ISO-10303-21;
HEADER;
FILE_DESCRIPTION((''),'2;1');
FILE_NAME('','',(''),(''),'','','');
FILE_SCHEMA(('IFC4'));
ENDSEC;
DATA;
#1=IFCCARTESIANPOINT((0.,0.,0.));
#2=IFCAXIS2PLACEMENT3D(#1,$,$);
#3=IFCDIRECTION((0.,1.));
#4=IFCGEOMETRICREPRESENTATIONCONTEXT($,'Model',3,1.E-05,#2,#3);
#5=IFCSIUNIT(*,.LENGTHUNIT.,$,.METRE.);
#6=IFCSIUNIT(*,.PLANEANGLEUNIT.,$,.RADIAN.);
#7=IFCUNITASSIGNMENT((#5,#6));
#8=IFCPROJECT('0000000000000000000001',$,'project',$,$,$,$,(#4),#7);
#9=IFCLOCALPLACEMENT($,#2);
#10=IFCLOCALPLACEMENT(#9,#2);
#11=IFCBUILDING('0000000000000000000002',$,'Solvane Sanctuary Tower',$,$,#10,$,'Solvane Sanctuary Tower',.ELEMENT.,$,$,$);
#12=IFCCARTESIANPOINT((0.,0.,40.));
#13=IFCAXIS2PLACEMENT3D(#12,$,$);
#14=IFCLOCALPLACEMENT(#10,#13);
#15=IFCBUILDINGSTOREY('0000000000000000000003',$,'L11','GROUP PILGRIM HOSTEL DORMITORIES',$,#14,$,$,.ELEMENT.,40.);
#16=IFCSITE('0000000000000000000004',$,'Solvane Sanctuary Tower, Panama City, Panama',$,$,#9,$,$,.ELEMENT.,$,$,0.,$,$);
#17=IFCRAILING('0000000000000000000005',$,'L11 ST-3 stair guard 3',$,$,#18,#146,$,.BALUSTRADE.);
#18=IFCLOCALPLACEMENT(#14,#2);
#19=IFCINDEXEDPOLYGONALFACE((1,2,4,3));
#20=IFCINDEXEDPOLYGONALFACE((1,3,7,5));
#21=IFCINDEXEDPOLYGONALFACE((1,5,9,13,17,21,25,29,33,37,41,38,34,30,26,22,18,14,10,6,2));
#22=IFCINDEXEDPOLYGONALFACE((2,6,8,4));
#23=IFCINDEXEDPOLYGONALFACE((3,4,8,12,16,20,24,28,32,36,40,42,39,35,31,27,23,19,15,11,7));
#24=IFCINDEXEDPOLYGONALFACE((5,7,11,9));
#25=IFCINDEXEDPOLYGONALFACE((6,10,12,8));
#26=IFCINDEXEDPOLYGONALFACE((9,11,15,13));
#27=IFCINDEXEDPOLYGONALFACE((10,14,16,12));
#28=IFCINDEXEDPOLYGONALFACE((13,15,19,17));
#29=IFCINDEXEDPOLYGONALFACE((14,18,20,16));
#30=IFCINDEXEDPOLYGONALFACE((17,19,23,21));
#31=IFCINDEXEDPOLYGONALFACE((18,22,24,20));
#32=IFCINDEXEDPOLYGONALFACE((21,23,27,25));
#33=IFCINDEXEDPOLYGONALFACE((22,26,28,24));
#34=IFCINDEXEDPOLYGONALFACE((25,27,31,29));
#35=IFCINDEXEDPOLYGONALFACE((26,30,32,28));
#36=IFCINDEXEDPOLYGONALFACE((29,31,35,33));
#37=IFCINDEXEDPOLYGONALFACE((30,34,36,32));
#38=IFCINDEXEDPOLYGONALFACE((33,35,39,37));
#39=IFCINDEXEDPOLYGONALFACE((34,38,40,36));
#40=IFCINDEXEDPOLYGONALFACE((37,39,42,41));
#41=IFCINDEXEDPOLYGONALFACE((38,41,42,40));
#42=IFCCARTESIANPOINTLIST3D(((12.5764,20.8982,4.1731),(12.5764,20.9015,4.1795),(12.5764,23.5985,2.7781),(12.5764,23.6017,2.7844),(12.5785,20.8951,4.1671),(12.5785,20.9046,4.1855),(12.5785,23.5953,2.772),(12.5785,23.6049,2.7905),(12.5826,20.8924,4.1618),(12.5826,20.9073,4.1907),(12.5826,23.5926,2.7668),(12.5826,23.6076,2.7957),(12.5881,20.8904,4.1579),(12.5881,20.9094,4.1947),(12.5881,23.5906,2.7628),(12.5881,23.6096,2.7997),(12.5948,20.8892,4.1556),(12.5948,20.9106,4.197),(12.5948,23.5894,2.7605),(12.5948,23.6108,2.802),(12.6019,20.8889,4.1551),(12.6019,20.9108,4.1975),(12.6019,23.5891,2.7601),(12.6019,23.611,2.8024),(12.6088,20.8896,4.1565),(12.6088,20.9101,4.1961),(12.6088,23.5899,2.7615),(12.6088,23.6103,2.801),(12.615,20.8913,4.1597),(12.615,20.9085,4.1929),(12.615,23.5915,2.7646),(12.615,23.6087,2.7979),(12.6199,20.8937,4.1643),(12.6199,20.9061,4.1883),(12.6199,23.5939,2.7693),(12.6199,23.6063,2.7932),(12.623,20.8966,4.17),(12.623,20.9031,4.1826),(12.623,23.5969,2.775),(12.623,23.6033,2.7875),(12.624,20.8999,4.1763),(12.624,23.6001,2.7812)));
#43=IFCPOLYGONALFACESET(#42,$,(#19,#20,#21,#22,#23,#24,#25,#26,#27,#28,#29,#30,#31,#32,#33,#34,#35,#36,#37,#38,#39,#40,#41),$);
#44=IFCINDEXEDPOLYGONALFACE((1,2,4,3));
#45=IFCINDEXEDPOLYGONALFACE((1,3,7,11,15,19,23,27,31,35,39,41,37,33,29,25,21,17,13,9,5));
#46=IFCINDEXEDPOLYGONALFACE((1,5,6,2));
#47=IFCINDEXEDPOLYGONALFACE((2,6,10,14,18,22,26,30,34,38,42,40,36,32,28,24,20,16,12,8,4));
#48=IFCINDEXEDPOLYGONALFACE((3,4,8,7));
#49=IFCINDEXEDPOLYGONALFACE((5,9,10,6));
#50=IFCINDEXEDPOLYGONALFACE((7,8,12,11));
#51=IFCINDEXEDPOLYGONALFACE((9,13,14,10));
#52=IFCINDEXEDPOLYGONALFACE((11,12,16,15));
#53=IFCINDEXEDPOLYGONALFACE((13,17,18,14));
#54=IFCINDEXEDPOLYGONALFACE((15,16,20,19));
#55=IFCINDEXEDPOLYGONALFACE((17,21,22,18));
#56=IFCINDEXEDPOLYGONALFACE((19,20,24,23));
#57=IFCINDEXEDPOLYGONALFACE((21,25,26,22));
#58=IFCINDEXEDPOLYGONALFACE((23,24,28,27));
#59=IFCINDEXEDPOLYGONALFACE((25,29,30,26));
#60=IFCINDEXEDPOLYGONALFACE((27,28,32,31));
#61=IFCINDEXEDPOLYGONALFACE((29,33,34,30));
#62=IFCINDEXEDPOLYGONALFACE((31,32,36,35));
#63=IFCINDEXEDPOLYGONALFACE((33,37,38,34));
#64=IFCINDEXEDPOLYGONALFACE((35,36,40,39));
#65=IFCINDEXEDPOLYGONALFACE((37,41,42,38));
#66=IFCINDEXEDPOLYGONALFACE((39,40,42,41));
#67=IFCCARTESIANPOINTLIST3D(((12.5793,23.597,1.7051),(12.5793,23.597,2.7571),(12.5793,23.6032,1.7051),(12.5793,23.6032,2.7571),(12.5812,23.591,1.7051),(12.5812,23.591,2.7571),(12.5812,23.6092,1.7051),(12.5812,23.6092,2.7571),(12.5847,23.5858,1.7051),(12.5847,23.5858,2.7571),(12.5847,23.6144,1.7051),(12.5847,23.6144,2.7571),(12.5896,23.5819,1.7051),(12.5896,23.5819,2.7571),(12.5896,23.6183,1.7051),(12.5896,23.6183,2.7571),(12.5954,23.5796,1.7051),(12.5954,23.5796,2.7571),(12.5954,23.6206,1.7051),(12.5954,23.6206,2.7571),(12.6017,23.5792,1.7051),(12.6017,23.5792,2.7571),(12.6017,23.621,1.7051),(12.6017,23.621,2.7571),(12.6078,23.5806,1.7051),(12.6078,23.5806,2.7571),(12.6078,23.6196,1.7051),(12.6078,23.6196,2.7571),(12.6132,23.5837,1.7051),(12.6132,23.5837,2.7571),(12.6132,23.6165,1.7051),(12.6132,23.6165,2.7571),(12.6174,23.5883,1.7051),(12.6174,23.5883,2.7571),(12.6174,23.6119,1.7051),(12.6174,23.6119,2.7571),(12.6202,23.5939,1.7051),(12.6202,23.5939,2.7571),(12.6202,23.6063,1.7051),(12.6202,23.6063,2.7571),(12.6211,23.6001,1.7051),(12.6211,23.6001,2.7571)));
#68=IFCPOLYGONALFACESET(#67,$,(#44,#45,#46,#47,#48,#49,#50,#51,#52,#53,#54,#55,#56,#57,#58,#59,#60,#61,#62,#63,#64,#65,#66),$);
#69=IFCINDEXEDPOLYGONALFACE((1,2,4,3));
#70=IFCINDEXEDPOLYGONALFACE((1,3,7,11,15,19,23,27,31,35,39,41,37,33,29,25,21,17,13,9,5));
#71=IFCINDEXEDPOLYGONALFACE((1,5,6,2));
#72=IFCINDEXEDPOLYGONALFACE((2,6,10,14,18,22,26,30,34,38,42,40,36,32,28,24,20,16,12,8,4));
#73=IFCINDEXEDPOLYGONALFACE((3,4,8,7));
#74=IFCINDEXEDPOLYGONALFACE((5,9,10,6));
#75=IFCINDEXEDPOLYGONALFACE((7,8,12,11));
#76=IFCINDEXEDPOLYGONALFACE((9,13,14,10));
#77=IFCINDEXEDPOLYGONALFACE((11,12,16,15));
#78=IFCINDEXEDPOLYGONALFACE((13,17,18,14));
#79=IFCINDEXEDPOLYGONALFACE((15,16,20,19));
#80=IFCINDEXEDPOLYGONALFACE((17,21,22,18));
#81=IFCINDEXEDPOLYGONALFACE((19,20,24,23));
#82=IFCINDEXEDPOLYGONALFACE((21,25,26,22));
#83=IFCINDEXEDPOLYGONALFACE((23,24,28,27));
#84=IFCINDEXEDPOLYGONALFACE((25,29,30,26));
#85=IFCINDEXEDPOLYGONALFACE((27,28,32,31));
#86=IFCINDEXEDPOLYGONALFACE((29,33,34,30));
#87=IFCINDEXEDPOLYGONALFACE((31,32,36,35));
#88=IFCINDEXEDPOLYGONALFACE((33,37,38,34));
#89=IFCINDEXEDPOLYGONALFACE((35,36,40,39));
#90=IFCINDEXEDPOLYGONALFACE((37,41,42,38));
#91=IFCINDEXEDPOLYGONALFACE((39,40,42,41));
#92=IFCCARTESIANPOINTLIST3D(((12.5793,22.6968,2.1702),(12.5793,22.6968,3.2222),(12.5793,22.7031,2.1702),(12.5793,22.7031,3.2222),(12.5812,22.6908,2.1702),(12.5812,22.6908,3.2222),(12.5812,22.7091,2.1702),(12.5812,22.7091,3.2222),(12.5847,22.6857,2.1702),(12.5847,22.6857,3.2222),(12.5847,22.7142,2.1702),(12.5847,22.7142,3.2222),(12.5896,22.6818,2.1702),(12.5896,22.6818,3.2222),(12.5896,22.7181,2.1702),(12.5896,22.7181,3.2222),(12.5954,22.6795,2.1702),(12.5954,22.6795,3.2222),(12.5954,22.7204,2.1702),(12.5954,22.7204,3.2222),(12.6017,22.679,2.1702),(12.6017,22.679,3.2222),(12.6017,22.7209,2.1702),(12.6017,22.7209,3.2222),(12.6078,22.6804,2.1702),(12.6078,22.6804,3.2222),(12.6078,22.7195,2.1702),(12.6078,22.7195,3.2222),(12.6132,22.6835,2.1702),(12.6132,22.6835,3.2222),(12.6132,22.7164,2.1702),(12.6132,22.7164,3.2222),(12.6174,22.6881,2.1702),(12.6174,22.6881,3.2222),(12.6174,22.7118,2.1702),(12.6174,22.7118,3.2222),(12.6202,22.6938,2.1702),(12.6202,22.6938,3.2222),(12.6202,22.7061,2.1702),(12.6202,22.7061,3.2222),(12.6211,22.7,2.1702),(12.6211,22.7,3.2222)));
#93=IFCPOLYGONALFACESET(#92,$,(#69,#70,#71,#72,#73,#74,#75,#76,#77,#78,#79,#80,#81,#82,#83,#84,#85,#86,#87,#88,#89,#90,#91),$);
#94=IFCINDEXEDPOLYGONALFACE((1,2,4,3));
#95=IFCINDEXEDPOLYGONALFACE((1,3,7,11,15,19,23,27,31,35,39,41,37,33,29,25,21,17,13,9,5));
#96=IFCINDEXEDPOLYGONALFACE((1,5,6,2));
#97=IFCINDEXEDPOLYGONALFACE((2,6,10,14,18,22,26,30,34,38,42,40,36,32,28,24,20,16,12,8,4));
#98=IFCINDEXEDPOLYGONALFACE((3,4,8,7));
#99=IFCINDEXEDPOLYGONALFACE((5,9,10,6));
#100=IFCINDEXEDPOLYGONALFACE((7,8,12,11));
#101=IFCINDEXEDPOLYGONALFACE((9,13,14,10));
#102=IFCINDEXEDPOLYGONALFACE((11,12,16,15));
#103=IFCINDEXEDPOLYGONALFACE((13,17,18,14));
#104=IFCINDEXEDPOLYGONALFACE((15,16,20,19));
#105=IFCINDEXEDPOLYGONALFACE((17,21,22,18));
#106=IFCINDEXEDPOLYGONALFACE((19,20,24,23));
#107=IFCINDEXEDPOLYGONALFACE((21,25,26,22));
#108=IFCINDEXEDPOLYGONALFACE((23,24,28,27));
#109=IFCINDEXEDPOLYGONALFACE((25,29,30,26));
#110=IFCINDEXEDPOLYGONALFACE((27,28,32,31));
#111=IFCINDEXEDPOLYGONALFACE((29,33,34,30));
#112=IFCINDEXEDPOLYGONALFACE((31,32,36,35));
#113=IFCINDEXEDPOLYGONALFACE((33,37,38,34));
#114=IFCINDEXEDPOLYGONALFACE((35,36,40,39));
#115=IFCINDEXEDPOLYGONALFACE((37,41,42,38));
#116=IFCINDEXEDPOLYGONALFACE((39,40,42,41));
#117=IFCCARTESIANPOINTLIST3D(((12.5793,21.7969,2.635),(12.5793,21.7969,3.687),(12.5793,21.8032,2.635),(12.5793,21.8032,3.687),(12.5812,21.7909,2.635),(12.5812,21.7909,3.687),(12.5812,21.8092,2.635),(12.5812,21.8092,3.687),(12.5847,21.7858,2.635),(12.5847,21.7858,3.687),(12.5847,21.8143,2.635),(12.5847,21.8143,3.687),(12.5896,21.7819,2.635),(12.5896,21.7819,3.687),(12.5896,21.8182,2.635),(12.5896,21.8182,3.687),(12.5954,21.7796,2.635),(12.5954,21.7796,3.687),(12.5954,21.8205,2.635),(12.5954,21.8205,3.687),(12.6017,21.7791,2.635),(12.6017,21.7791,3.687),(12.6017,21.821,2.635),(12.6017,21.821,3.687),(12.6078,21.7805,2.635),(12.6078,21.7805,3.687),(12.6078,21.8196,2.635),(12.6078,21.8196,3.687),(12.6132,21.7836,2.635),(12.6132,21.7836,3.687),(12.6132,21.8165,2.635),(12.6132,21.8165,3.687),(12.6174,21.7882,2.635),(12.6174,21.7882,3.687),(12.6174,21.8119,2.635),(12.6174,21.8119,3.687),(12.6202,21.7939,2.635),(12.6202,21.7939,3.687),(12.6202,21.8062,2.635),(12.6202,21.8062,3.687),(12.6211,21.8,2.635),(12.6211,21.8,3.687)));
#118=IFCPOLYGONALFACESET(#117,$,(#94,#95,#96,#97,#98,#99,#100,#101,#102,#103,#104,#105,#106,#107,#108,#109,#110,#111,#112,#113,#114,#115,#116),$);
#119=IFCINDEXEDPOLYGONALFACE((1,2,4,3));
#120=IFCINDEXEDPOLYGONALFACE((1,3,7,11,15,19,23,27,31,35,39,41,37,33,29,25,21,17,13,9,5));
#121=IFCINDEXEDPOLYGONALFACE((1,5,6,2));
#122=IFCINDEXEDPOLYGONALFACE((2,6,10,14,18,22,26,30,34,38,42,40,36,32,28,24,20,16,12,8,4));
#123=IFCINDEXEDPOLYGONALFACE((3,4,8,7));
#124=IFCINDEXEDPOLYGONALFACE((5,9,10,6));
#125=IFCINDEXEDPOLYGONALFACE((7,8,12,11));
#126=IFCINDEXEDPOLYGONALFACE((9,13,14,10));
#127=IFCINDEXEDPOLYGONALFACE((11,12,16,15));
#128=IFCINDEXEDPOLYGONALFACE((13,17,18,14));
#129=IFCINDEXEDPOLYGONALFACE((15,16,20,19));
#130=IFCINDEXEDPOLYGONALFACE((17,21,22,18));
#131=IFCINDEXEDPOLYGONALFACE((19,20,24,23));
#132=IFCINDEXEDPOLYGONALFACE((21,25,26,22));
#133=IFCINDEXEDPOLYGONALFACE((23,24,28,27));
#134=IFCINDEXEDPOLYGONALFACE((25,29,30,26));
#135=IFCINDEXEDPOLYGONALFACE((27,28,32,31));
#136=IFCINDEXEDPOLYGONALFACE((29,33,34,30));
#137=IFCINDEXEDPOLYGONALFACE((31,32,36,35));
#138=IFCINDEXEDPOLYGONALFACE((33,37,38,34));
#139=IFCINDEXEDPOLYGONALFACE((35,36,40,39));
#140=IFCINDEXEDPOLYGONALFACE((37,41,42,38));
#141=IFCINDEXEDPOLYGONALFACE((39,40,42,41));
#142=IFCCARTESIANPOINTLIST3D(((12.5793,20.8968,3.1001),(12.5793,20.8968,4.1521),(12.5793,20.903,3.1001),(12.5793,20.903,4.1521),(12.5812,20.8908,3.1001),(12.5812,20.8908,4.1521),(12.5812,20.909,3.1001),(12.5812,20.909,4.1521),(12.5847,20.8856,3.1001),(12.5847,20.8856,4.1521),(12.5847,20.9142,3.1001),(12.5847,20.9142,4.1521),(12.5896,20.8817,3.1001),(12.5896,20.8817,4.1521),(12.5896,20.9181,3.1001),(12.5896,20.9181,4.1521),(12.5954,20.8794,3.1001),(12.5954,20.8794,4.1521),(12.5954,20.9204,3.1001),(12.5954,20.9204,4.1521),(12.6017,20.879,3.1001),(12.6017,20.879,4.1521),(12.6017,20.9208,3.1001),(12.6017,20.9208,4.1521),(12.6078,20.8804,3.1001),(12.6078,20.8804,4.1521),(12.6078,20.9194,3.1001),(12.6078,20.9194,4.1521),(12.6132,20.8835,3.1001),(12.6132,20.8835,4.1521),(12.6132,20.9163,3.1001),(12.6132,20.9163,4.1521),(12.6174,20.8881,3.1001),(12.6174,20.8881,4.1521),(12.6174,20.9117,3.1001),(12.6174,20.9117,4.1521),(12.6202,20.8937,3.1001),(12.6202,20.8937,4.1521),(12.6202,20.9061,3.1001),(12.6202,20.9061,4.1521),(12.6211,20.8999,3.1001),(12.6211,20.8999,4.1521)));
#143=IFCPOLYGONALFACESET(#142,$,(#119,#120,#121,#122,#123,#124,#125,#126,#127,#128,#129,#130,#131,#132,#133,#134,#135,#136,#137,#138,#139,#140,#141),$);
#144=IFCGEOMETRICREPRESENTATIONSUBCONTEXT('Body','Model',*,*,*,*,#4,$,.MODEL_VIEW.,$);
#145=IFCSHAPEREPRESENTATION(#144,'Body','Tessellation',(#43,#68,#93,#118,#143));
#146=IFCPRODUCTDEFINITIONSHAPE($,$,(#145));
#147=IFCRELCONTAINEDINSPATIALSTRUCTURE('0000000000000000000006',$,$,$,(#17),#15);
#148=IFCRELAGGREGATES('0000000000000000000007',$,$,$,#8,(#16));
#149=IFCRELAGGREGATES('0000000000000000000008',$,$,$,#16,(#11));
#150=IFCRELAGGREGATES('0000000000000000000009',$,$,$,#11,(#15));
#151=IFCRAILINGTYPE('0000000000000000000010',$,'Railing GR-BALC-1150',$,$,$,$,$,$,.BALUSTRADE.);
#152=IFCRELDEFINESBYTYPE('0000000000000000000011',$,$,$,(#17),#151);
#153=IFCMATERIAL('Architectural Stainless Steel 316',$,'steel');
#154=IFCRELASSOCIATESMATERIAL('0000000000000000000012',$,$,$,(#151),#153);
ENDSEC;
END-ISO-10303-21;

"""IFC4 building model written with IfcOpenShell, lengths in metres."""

from ifc_helpers import new_model, si_unit, direction, frame, origin, origin_2d, place, context, subcontext, project, spatial, circle, extrude, material, type_object, element, save


model = new_model("IFC4")

# Units and contexts
model_context = context("Model", 3, precision=1e-05, world=origin(), true_north=direction((0.0, 1.0)))
body_context = subcontext(model_context, "Body", "Model", "MODEL_VIEW")
ifc_project = project(units=[si_unit("LENGTHUNIT", "METRE"), si_unit("PLANEANGLEUNIT", "RADIAN")], contexts=[model_context])

# Site, building, storey
site_placement = place(None, origin())
site = spatial("IfcSite", under=ifc_project, at=site_placement, Name="Solvane Sanctuary Tower, Panama City, Panama", CompositionType="ELEMENT", RefElevation=0.0)
building_placement = place(site_placement, origin())
building = spatial("IfcBuilding", under=site, at=building_placement, Name="Solvane Sanctuary Tower", LongName="Solvane Sanctuary Tower", CompositionType="ELEMENT")
storey_placement = place(building_placement, frame((0.0, 0.0, 40.0)))
storey = spatial("IfcBuildingStorey", under=building, at=storey_placement, Name="L11", Description="GROUP PILGRIM HOSTEL DORMITORIES", CompositionType="ELEMENT", Elevation=40.0)

# Railing
ifc_material_1 = material(Name="Architectural Stainless Steel 316", Category="steel")
railing_type_1 = type_object("IfcRailingType", Name="Railing GR-BALC-1150", PredefinedType="BALUSTRADE", material=ifc_material_1)
railing_1_placement = place(storey_placement, frame((12.6001, 23.6001, 1.7051)))
element("IfcRailing", 1, at=railing_1_placement, inside=storey, type_object=railing_type_1, Name="L11 ST-3 stair guard 3", PredefinedType="BALUSTRADE", context=body_context, shape_type="SweptSolid", body=[
    extrude(circle(Radius=0.0239, at=origin_2d()), frame((0.0, 0.0, 1.0762), z_axis=(0.0, -0.888437, 0.458999), x_axis=(1.0, 0.0, 0.0)), (0.0, 0.0, 1.0), 3.0393),
    extrude(circle(Radius=0.021, at=origin_2d()), origin(), (0.0, 0.0, 1.0), 1.052),
    extrude(circle(Radius=0.021, at=origin_2d()), frame((0.0, -0.9001, 0.4651)), (0.0, 0.0, 1.0), 1.052),
    extrude(circle(Radius=0.021, at=origin_2d()), frame((0.0, -1.8, 0.9299)), (0.0, 0.0, 1.0), 1.052),
    extrude(circle(Radius=0.021, at=origin_2d()), frame((0.0, -2.7002, 1.395)), (0.0, 0.0, 1.0), 1.052),
])

save(model, "model.ifc")
